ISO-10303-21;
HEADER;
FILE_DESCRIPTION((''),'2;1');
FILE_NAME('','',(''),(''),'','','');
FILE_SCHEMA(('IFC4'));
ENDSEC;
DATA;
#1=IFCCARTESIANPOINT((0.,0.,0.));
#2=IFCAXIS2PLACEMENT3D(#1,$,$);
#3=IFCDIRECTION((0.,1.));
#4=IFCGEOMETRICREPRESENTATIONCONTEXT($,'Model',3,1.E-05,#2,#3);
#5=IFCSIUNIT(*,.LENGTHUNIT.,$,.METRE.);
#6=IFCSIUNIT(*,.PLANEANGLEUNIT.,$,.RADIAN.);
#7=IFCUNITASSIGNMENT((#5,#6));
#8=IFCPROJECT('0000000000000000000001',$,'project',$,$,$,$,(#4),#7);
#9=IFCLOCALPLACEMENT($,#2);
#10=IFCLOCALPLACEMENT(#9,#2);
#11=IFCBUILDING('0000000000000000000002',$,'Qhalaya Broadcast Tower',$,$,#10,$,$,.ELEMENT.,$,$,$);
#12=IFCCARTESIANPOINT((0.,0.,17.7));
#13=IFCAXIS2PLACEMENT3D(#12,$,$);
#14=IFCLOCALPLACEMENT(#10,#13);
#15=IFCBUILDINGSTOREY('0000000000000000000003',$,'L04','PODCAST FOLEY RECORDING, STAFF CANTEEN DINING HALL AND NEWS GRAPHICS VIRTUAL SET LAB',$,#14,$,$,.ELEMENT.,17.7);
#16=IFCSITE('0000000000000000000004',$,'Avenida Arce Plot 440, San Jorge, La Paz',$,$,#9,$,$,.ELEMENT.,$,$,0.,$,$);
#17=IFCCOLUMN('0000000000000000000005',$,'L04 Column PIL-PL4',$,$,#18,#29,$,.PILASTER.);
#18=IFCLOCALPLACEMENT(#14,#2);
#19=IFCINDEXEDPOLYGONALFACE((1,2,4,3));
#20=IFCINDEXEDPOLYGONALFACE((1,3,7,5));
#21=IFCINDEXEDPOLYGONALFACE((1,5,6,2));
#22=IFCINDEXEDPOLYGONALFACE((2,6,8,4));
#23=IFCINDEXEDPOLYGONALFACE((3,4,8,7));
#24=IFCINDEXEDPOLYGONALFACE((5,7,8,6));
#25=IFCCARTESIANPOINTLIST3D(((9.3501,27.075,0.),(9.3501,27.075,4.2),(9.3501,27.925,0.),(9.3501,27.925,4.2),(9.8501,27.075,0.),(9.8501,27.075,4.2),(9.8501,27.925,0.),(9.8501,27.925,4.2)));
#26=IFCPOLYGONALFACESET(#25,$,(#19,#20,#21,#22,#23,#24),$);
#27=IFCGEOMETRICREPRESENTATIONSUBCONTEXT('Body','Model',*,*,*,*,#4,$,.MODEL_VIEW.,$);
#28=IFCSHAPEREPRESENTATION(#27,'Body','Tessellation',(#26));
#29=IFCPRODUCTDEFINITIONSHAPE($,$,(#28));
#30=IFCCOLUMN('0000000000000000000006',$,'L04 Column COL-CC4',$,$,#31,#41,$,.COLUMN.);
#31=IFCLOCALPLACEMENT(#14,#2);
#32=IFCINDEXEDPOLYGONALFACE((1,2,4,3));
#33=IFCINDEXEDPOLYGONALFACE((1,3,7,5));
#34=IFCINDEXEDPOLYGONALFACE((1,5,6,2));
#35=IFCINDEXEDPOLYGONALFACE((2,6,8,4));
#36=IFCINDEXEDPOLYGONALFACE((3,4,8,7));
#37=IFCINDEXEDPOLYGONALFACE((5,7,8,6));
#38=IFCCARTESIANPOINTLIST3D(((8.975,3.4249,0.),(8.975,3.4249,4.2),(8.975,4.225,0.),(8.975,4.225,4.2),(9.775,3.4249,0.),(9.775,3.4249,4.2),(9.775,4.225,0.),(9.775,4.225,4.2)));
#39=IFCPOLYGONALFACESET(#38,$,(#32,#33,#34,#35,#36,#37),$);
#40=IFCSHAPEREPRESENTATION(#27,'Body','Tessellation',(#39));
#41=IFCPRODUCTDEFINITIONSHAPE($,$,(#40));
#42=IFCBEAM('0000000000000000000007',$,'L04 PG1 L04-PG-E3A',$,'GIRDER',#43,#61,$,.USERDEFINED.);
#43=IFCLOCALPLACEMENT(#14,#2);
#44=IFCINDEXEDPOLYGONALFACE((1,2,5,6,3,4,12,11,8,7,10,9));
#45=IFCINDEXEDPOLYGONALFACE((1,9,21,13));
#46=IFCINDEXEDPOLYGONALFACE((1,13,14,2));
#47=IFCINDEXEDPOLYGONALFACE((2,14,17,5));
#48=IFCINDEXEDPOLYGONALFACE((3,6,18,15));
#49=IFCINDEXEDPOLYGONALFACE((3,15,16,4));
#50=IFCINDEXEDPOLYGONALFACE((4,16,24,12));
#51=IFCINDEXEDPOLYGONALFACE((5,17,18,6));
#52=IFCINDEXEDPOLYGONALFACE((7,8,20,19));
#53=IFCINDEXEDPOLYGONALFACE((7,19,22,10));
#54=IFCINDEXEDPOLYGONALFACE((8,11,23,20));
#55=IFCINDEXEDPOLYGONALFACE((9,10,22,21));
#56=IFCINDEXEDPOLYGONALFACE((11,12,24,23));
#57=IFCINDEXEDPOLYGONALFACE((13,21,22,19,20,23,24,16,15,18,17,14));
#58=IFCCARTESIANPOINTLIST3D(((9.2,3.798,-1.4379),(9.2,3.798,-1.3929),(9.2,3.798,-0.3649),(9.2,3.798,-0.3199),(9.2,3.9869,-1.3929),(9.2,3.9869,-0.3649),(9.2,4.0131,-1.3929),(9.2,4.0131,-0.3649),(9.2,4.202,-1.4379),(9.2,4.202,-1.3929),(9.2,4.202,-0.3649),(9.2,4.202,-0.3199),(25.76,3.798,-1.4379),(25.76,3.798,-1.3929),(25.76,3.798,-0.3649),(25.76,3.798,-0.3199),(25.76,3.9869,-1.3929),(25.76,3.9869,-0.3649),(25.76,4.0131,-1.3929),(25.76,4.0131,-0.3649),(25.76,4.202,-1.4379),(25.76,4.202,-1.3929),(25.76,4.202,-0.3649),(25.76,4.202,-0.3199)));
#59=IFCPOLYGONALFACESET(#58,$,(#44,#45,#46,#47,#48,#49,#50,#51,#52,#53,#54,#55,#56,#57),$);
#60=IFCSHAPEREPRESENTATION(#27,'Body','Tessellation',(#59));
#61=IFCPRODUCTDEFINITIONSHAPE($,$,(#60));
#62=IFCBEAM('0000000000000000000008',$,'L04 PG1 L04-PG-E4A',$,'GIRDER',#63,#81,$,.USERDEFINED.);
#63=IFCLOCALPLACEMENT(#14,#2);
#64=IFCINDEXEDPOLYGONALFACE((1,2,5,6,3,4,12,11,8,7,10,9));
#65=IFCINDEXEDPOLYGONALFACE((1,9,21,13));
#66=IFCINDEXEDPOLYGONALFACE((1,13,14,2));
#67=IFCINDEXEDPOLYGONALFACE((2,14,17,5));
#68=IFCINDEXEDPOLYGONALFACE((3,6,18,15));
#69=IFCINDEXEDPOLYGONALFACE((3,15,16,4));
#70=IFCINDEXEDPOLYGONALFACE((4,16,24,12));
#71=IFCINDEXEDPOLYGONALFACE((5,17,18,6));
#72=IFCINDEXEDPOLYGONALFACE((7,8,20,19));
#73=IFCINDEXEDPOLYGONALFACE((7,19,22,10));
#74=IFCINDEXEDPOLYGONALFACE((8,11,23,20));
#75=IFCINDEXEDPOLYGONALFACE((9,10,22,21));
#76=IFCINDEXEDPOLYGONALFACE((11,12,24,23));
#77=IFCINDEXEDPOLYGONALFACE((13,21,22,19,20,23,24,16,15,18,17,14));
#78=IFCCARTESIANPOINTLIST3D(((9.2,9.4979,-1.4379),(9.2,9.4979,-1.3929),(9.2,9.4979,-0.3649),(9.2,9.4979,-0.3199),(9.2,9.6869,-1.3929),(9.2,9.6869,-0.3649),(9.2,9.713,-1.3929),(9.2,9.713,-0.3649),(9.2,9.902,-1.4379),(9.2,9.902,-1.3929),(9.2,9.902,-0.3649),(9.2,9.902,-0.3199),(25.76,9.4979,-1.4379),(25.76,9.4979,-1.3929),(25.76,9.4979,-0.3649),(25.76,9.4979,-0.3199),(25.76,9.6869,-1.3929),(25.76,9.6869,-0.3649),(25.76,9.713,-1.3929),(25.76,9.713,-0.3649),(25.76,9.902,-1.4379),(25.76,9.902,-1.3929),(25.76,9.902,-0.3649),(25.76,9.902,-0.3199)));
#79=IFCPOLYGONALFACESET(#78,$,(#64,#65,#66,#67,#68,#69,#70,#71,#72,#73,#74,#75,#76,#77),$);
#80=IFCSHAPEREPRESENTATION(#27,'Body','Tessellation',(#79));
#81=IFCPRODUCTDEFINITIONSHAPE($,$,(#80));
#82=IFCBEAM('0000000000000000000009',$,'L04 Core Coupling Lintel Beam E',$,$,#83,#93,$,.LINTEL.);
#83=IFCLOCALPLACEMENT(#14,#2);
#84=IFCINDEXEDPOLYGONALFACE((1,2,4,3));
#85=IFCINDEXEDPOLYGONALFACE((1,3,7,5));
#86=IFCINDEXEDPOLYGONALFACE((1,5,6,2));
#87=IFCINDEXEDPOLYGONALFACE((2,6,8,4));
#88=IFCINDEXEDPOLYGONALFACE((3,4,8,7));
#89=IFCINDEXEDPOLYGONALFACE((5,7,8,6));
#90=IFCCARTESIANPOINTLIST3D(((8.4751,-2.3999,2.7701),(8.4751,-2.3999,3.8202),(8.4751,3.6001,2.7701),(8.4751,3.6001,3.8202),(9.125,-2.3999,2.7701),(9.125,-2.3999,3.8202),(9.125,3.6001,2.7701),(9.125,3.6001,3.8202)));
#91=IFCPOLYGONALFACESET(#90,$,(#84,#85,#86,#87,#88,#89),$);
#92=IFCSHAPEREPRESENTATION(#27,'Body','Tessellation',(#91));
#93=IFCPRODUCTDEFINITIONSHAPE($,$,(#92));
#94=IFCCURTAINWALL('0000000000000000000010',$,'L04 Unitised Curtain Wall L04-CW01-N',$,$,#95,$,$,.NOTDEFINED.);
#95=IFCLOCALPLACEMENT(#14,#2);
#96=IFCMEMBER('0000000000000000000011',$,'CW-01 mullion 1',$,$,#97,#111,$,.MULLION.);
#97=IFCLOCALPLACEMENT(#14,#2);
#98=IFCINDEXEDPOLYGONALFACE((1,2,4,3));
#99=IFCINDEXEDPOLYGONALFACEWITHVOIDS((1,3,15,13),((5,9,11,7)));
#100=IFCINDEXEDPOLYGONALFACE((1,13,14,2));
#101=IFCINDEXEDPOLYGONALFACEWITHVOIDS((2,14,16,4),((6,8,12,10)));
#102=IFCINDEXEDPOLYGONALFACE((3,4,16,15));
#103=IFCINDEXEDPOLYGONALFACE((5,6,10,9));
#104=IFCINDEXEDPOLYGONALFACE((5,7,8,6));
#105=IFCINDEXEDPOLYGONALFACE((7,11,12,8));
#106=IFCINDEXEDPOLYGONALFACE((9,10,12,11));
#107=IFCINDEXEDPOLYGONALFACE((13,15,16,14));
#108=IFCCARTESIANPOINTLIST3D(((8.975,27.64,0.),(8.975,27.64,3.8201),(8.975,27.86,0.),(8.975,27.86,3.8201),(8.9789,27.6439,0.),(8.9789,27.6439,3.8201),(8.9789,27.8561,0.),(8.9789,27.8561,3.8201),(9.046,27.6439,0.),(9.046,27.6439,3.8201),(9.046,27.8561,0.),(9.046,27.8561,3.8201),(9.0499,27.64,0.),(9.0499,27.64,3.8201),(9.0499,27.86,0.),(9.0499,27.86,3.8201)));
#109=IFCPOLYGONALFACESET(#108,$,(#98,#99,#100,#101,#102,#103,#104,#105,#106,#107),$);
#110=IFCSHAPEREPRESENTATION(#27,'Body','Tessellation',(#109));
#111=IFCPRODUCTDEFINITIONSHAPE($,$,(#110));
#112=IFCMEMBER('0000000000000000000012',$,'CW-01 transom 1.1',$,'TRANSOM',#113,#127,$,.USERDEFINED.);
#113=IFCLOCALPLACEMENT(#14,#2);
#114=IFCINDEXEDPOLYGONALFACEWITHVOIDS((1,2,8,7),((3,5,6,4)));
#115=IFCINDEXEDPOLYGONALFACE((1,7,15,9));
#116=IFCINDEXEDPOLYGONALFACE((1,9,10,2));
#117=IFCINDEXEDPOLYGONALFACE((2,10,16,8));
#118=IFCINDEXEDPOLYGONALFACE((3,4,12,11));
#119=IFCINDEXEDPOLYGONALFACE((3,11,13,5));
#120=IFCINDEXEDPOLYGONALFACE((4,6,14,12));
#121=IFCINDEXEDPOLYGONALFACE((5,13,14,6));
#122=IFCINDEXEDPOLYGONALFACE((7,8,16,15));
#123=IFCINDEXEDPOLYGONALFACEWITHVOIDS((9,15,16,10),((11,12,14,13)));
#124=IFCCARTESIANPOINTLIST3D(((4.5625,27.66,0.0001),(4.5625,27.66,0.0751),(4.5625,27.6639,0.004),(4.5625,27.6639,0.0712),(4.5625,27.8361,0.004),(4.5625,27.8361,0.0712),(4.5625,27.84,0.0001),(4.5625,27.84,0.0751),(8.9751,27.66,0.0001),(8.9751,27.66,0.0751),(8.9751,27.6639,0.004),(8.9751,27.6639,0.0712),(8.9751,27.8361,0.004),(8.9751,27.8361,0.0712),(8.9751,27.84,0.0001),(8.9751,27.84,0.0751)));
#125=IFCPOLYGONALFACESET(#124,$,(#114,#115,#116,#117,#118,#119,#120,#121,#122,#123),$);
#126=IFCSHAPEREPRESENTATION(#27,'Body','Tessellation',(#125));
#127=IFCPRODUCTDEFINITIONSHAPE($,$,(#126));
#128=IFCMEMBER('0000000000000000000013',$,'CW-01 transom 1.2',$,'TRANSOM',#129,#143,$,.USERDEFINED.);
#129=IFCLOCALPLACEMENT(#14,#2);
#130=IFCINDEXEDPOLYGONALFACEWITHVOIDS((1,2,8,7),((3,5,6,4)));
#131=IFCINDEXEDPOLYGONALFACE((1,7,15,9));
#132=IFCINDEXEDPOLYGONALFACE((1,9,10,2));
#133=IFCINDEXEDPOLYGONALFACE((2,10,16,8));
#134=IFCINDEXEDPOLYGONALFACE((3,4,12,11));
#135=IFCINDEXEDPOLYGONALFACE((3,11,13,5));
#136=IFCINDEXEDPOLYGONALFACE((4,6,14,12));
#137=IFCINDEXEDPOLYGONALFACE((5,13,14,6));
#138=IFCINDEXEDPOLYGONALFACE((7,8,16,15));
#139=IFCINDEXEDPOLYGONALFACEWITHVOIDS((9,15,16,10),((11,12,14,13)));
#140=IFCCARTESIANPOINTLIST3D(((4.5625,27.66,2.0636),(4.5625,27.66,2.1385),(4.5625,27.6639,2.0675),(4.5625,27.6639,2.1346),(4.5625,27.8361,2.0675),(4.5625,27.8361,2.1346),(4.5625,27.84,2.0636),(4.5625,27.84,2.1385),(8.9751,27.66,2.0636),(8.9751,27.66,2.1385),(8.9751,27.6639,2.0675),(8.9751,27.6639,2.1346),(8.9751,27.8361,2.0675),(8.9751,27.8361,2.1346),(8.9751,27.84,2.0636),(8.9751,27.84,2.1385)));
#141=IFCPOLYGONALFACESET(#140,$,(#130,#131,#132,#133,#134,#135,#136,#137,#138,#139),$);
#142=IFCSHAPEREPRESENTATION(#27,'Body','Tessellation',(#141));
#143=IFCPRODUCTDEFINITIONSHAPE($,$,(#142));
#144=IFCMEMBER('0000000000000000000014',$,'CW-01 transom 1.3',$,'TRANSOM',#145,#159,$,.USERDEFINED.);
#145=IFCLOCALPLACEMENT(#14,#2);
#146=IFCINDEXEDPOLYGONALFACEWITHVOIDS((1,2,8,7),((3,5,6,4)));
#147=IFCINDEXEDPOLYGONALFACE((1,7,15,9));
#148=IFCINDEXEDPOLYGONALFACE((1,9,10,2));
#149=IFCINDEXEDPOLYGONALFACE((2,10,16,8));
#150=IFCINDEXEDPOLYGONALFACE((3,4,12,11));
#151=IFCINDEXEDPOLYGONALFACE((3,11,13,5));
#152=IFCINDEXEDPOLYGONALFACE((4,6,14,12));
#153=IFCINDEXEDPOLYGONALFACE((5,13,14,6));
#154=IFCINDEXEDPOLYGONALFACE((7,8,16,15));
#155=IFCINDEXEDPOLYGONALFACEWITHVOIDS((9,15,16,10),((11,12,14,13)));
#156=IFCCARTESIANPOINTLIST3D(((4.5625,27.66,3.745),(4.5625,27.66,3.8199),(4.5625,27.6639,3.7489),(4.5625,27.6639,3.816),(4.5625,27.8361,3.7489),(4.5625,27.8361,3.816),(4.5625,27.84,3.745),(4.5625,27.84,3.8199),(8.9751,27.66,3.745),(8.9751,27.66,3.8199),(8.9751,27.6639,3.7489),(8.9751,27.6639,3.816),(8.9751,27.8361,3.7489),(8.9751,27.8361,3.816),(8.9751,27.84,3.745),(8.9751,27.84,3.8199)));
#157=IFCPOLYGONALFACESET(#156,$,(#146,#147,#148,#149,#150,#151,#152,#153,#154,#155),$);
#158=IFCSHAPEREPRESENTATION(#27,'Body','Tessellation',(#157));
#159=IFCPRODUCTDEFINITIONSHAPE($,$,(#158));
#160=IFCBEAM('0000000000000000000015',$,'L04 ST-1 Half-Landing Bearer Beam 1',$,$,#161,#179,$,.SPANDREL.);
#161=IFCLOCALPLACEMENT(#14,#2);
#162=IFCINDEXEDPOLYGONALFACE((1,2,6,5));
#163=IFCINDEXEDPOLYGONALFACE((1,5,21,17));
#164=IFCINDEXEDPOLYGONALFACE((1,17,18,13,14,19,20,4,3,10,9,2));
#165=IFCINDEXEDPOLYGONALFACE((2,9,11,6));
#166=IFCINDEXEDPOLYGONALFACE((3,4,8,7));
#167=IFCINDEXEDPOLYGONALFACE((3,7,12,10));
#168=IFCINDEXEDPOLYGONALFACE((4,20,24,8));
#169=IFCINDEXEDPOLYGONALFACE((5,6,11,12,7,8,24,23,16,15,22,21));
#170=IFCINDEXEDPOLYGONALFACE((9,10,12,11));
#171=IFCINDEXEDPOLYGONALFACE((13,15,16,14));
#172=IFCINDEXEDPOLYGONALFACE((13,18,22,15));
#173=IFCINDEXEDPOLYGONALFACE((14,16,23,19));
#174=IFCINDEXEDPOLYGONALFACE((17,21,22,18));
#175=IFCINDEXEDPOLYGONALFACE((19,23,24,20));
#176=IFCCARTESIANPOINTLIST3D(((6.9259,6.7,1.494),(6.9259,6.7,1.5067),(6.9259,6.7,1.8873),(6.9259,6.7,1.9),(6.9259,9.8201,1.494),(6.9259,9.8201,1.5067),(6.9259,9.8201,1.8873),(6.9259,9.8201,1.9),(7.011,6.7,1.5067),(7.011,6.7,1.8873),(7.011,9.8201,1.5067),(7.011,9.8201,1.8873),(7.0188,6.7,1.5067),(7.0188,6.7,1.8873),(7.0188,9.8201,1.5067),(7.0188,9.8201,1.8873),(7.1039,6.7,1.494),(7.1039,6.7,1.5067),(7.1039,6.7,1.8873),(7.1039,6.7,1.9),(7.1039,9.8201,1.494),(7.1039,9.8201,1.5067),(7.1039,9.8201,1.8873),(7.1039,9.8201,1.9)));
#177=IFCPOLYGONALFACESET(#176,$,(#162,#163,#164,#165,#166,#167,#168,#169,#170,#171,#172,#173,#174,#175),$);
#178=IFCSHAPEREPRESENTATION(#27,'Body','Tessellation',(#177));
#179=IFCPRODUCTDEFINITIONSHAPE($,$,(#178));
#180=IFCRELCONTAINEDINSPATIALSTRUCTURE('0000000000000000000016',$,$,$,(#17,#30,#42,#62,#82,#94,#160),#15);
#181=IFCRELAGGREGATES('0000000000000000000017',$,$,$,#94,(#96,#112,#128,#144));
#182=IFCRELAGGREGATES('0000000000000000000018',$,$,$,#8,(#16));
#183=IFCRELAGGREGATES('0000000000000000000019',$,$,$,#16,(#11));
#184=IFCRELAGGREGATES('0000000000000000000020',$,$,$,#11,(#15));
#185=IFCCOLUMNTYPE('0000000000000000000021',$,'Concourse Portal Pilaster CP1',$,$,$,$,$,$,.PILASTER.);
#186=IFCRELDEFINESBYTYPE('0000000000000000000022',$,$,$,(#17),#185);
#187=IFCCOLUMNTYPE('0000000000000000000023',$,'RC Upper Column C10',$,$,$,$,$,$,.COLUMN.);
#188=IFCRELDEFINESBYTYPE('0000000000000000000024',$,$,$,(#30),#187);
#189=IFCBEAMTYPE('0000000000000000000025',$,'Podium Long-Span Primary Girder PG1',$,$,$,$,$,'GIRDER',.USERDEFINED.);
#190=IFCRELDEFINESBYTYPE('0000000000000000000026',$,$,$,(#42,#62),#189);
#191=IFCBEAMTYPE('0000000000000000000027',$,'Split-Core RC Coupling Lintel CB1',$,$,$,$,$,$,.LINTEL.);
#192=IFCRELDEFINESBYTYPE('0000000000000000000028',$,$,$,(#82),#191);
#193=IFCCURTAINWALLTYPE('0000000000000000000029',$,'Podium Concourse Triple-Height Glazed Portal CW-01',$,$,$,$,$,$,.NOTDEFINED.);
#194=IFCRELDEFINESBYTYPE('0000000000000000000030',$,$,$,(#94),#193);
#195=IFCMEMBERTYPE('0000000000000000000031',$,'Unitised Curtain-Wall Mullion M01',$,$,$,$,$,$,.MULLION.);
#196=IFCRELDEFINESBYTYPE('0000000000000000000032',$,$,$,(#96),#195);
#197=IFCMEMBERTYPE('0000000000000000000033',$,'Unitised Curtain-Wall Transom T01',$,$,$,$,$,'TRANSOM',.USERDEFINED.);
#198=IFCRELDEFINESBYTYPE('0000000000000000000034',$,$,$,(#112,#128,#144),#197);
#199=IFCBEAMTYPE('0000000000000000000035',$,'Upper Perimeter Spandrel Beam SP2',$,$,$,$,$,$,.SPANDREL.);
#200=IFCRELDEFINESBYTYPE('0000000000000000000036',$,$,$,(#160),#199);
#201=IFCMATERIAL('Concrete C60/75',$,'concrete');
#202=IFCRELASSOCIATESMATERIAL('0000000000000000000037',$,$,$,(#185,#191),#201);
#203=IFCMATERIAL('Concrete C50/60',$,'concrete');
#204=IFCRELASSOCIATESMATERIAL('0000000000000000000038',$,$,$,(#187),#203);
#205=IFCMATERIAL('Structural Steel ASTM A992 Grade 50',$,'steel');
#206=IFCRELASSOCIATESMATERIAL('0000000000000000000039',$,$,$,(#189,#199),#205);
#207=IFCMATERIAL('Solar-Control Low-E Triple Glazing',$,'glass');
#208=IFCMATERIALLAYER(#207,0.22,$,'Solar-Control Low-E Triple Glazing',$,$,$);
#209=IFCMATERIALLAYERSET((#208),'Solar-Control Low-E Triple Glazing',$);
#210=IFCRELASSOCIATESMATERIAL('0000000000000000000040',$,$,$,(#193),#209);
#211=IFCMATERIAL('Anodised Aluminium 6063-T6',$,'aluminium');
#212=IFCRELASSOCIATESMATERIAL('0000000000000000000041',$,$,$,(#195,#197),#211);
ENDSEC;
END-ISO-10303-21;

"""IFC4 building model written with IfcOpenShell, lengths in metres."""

from ifc_helpers import new_model, si_unit, direction, frame, origin, origin_2d, place, context, subcontext, project, spatial, rectangle, hollow_rectangle, i_section, extrude, material, layer, layer_set, material_profile, profile_set, type_object, element, aggregate, save


model = new_model("IFC4")

# Units and contexts
model_context = context("Model", 3, precision=1e-05, world=origin(), true_north=direction((0.0, 1.0)))
body_context = subcontext(model_context, "Body", "Model", "MODEL_VIEW")
ifc_project = project(units=[si_unit("LENGTHUNIT", "METRE"), si_unit("PLANEANGLEUNIT", "RADIAN")], contexts=[model_context])

# Site, building, storey
site_placement = place(None, origin())
site = spatial("IfcSite", under=ifc_project, at=site_placement, Name="Avenida Arce Plot 440, San Jorge, La Paz", CompositionType="ELEMENT", RefElevation=0.0)
building_placement = place(site_placement, origin())
building = spatial("IfcBuilding", under=site, at=building_placement, Name="Qhalaya Broadcast Tower", CompositionType="ELEMENT")
storey_placement = place(building_placement, frame((0.0, 0.0, 17.7)))
storey = spatial("IfcBuildingStorey", under=building, at=storey_placement, Name="L04", Description="PODCAST FOLEY RECORDING, STAFF CANTEEN DINING HALL AND NEWS GRAPHICS VIRTUAL SET LAB", CompositionType="ELEMENT", Elevation=17.7)

# Columns
ifc_material_1 = material(Name="Concrete C60/75", Category="concrete")
ifc_material_profile_1 = material_profile(ifc_material_1, rectangle(XDim=0.5, YDim=0.8501, at=origin_2d()), Name="RC-PIL 500x850")
ifc_profile_set_1 = profile_set([ifc_material_profile_1], Name="Concrete C60/75")
column_type_1 = type_object("IfcColumnType", Name="Concourse Portal Pilaster CP1", PredefinedType="PILASTER", material=ifc_profile_set_1)
column_1_placement = place(storey_placement, frame((9.6001, 27.5, 0.0), z_axis=(0.0, 0.0, 1.0), x_axis=(1.0, 0.0, 0.0)))
element("IfcColumn", 1, at=column_1_placement, inside=storey, type_object=column_type_1, Name="L04 Column PIL-PL4", PredefinedType="PILASTER", context=body_context, shape_type="SweptSolid", body=[
    extrude(rectangle(XDim=0.5, YDim=0.8501, at=origin_2d()), origin(), (0.0, 0.0, 1.0), 4.2),
])
ifc_material_2 = material(Name="Concrete C50/60", Category="concrete")
ifc_material_profile_2 = material_profile(ifc_material_2, rectangle(XDim=0.8, YDim=0.8, at=origin_2d()), Name="RC-COL 800x800")
ifc_profile_set_2 = profile_set([ifc_material_profile_2], Name="Concrete C50/60")
column_type_2 = type_object("IfcColumnType", Name="RC Upper Column C10", PredefinedType="COLUMN", material=ifc_profile_set_2)
column_2_placement = place(storey_placement, frame((9.375, 3.825, 0.0), z_axis=(0.0, 0.0, 1.0), x_axis=(1.0, 0.0, 0.0)))
element("IfcColumn", 2, at=column_2_placement, inside=storey, type_object=column_type_2, Name="L04 Column COL-CC4", PredefinedType="COLUMN", context=body_context, shape_type="SweptSolid", body=[
    extrude(rectangle(XDim=0.8, YDim=0.8, at=origin_2d()), origin(), (0.0, 0.0, 1.0), 4.2),
])

# Beams
ifc_material_3 = material(Name="Structural Steel ASTM A992 Grade 50", Category="steel")
ifc_material_profile_3 = material_profile(ifc_material_3, i_section(OverallWidth=0.4041, OverallDepth=1.1179, WebThickness=0.0261, FlangeThickness=0.0449, at=origin_2d()), Name="W44X335")
ifc_profile_set_3 = profile_set([ifc_material_profile_3], Name="Structural Steel ASTM A992 Grade 50")
beam_type_1 = type_object("IfcBeamType", Name="Podium Long-Span Primary Girder PG1", ElementType="GIRDER", PredefinedType="USERDEFINED", material=ifc_profile_set_3)
for number, where, z_axis, x_axis, name in (
    (3, (9.2, 4.0, -0.8789), (1.0, 0.0, 0.0), (0.0, 1.0, 0.0), "L04 PG1 L04-PG-E3A"),
    (4, (9.2, 9.7, -0.8789), (1.0, 0.0, 0.0), (0.0, 1.0, 0.0), "L04 PG1 L04-PG-E4A"),
):
    element("IfcBeam", number, at=place(storey_placement, frame(where, z_axis=z_axis, x_axis=x_axis)), inside=storey, type_object=beam_type_1, Name=name, ObjectType="GIRDER", PredefinedType="USERDEFINED", context=body_context, shape_type="SweptSolid", body=[
        extrude(i_section(OverallWidth=0.4041, OverallDepth=1.1179, WebThickness=0.0261, FlangeThickness=0.0449, at=origin_2d()), origin(), (0.0, 0.0, 1.0), 16.5601),
    ])
ifc_material_profile_4 = material_profile(ifc_material_1, rectangle(XDim=0.6499, YDim=1.05, at=origin_2d()), Name="RC-CB 650x1050")
ifc_profile_set_4 = profile_set([ifc_material_profile_4], Name="Concrete C60/75")
beam_type_2 = type_object("IfcBeamType", Name="Split-Core RC Coupling Lintel CB1", PredefinedType="LINTEL", material=ifc_profile_set_4)
beam_placement = place(storey_placement, frame((8.8, -2.3999, 3.2952), z_axis=(0.0, 1.0, 0.0), x_axis=(-1.0, 0.0, 0.0)))
element("IfcBeam", 5, at=beam_placement, inside=storey, type_object=beam_type_2, Name="L04 Core Coupling Lintel Beam E", PredefinedType="LINTEL", context=body_context, shape_type="SweptSolid", body=[
    extrude(rectangle(XDim=0.6499, YDim=1.05, at=origin_2d()), origin(), (0.0, 0.0, 1.0), 6.0),
])

# Curtain wall, members
ifc_material_4 = material(Name="Solar-Control Low-E Triple Glazing", Category="glass")
ifc_layer_1 = layer(ifc_material_4, 0.22, Name="Solar-Control Low-E Triple Glazing")
ifc_layer_set_1 = layer_set([ifc_layer_1], Name="Solar-Control Low-E Triple Glazing")
curtain_wall_type = type_object("IfcCurtainWallType", Name="Podium Concourse Triple-Height Glazed Portal CW-01", PredefinedType="NOTDEFINED", material=ifc_layer_set_1)
curtain_wall_placement = place(storey_placement, origin())
curtain_wall = element("IfcCurtainWall", 6, at=curtain_wall_placement, inside=storey, type_object=curtain_wall_type, Name="L04 Unitised Curtain Wall L04-CW01-N", PredefinedType="NOTDEFINED")
ifc_material_5 = material(Name="Anodised Aluminium 6063-T6", Category="aluminium")
ifc_material_profile_5 = material_profile(ifc_material_5, hollow_rectangle(XDim=0.075, YDim=0.22, WallThickness=0.0039, at=origin_2d()), Name="ALU-MUL 75x220x4")
ifc_profile_set_5 = profile_set([ifc_material_profile_5], Name="Anodised Aluminium 6063-T6")
member_type_1 = type_object("IfcMemberType", Name="Unitised Curtain-Wall Mullion M01", PredefinedType="MULLION", material=ifc_profile_set_5)
member_1_placement = place(storey_placement, frame((9.0125, 27.75, 0.0), z_axis=(0.0, 0.0, 1.0), x_axis=(-1.0, 0.0, 0.0)))
member_1 = element("IfcMember", 7, at=member_1_placement, type_object=member_type_1, Name="CW-01 mullion 1", PredefinedType="MULLION", context=body_context, shape_type="SweptSolid", body=[
    extrude(hollow_rectangle(XDim=0.075, YDim=0.22, WallThickness=0.0039, at=origin_2d()), origin(), (0.0, 0.0, 1.0), 3.8201),
])
ifc_material_profile_6 = material_profile(ifc_material_5, hollow_rectangle(XDim=0.075, YDim=0.1799, WallThickness=0.0039, at=origin_2d()), Name="ALU-TRN 75x180x4")
ifc_profile_set_6 = profile_set([ifc_material_profile_6], Name="Anodised Aluminium 6063-T6")
member_type_2 = type_object("IfcMemberType", Name="Unitised Curtain-Wall Transom T01", ElementType="TRANSOM", PredefinedType="USERDEFINED", material=ifc_profile_set_6)
member_2_placement = place(storey_placement, frame((8.9751, 27.75, 0.0376), z_axis=(-1.0, 0.0, 0.0), x_axis=(0.0, 0.0, 1.0)))
member_2 = element("IfcMember", 8, at=member_2_placement, type_object=member_type_2, Name="CW-01 transom 1.1", ObjectType="TRANSOM", PredefinedType="USERDEFINED", context=body_context, shape_type="SweptSolid", body=[
    extrude(hollow_rectangle(XDim=0.075, YDim=0.1799, WallThickness=0.0039, at=origin_2d()), origin(), (0.0, 0.0, 1.0), 4.4126),
])
member_3_placement = place(storey_placement, frame((8.9751, 27.75, 2.1011), z_axis=(-1.0, 0.0, 0.0), x_axis=(0.0, 0.0, 1.0)))
member_3 = element("IfcMember", 9, at=member_3_placement, type_object=member_type_2, Name="CW-01 transom 1.2", ObjectType="TRANSOM", PredefinedType="USERDEFINED", context=body_context, shape_type="SweptSolid", body=[
    extrude(hollow_rectangle(XDim=0.075, YDim=0.1799, WallThickness=0.0039, at=origin_2d()), origin(), (0.0, 0.0, 1.0), 4.4126),
])
member_4_placement = place(storey_placement, frame((8.9751, 27.75, 3.7825), z_axis=(-1.0, 0.0, 0.0), x_axis=(0.0, 0.0, 1.0)))
member_4 = element("IfcMember", 10, at=member_4_placement, type_object=member_type_2, Name="CW-01 transom 1.3", ObjectType="TRANSOM", PredefinedType="USERDEFINED", context=body_context, shape_type="SweptSolid", body=[
    extrude(hollow_rectangle(XDim=0.075, YDim=0.1799, WallThickness=0.0039, at=origin_2d()), origin(), (0.0, 0.0, 1.0), 4.4126),
])
aggregate(curtain_wall, [member_1, member_2, member_3, member_4])

# Beam
ifc_material_profile_7 = material_profile(ifc_material_3, i_section(OverallWidth=0.178, OverallDepth=0.406, WebThickness=0.0078, FlangeThickness=0.0127, at=origin_2d()), Name="W16X40")
ifc_profile_set_7 = profile_set([ifc_material_profile_7], Name="Structural Steel ASTM A992 Grade 50")
beam_type_3 = type_object("IfcBeamType", Name="Upper Perimeter Spandrel Beam SP2", PredefinedType="SPANDREL", material=ifc_profile_set_7)
for number, where, z_axis, x_axis, name in (
    (11, (7.0149, 6.7, 1.697), (0.0, 1.0, 0.0), (-1.0, 0.0, 0.0), "L04 ST-1 Half-Landing Bearer Beam 1"),
):
    element("IfcBeam", number, at=place(storey_placement, frame(where, z_axis=z_axis, x_axis=x_axis)), inside=storey, type_object=beam_type_3, Name=name, PredefinedType="SPANDREL", context=body_context, shape_type="SweptSolid", body=[
        extrude(i_section(OverallWidth=0.178, OverallDepth=0.406, WebThickness=0.0078, FlangeThickness=0.0127, at=origin_2d()), origin(), (0.0, 0.0, 1.0), 3.1201),
    ])

save(model, "model.ifc")
